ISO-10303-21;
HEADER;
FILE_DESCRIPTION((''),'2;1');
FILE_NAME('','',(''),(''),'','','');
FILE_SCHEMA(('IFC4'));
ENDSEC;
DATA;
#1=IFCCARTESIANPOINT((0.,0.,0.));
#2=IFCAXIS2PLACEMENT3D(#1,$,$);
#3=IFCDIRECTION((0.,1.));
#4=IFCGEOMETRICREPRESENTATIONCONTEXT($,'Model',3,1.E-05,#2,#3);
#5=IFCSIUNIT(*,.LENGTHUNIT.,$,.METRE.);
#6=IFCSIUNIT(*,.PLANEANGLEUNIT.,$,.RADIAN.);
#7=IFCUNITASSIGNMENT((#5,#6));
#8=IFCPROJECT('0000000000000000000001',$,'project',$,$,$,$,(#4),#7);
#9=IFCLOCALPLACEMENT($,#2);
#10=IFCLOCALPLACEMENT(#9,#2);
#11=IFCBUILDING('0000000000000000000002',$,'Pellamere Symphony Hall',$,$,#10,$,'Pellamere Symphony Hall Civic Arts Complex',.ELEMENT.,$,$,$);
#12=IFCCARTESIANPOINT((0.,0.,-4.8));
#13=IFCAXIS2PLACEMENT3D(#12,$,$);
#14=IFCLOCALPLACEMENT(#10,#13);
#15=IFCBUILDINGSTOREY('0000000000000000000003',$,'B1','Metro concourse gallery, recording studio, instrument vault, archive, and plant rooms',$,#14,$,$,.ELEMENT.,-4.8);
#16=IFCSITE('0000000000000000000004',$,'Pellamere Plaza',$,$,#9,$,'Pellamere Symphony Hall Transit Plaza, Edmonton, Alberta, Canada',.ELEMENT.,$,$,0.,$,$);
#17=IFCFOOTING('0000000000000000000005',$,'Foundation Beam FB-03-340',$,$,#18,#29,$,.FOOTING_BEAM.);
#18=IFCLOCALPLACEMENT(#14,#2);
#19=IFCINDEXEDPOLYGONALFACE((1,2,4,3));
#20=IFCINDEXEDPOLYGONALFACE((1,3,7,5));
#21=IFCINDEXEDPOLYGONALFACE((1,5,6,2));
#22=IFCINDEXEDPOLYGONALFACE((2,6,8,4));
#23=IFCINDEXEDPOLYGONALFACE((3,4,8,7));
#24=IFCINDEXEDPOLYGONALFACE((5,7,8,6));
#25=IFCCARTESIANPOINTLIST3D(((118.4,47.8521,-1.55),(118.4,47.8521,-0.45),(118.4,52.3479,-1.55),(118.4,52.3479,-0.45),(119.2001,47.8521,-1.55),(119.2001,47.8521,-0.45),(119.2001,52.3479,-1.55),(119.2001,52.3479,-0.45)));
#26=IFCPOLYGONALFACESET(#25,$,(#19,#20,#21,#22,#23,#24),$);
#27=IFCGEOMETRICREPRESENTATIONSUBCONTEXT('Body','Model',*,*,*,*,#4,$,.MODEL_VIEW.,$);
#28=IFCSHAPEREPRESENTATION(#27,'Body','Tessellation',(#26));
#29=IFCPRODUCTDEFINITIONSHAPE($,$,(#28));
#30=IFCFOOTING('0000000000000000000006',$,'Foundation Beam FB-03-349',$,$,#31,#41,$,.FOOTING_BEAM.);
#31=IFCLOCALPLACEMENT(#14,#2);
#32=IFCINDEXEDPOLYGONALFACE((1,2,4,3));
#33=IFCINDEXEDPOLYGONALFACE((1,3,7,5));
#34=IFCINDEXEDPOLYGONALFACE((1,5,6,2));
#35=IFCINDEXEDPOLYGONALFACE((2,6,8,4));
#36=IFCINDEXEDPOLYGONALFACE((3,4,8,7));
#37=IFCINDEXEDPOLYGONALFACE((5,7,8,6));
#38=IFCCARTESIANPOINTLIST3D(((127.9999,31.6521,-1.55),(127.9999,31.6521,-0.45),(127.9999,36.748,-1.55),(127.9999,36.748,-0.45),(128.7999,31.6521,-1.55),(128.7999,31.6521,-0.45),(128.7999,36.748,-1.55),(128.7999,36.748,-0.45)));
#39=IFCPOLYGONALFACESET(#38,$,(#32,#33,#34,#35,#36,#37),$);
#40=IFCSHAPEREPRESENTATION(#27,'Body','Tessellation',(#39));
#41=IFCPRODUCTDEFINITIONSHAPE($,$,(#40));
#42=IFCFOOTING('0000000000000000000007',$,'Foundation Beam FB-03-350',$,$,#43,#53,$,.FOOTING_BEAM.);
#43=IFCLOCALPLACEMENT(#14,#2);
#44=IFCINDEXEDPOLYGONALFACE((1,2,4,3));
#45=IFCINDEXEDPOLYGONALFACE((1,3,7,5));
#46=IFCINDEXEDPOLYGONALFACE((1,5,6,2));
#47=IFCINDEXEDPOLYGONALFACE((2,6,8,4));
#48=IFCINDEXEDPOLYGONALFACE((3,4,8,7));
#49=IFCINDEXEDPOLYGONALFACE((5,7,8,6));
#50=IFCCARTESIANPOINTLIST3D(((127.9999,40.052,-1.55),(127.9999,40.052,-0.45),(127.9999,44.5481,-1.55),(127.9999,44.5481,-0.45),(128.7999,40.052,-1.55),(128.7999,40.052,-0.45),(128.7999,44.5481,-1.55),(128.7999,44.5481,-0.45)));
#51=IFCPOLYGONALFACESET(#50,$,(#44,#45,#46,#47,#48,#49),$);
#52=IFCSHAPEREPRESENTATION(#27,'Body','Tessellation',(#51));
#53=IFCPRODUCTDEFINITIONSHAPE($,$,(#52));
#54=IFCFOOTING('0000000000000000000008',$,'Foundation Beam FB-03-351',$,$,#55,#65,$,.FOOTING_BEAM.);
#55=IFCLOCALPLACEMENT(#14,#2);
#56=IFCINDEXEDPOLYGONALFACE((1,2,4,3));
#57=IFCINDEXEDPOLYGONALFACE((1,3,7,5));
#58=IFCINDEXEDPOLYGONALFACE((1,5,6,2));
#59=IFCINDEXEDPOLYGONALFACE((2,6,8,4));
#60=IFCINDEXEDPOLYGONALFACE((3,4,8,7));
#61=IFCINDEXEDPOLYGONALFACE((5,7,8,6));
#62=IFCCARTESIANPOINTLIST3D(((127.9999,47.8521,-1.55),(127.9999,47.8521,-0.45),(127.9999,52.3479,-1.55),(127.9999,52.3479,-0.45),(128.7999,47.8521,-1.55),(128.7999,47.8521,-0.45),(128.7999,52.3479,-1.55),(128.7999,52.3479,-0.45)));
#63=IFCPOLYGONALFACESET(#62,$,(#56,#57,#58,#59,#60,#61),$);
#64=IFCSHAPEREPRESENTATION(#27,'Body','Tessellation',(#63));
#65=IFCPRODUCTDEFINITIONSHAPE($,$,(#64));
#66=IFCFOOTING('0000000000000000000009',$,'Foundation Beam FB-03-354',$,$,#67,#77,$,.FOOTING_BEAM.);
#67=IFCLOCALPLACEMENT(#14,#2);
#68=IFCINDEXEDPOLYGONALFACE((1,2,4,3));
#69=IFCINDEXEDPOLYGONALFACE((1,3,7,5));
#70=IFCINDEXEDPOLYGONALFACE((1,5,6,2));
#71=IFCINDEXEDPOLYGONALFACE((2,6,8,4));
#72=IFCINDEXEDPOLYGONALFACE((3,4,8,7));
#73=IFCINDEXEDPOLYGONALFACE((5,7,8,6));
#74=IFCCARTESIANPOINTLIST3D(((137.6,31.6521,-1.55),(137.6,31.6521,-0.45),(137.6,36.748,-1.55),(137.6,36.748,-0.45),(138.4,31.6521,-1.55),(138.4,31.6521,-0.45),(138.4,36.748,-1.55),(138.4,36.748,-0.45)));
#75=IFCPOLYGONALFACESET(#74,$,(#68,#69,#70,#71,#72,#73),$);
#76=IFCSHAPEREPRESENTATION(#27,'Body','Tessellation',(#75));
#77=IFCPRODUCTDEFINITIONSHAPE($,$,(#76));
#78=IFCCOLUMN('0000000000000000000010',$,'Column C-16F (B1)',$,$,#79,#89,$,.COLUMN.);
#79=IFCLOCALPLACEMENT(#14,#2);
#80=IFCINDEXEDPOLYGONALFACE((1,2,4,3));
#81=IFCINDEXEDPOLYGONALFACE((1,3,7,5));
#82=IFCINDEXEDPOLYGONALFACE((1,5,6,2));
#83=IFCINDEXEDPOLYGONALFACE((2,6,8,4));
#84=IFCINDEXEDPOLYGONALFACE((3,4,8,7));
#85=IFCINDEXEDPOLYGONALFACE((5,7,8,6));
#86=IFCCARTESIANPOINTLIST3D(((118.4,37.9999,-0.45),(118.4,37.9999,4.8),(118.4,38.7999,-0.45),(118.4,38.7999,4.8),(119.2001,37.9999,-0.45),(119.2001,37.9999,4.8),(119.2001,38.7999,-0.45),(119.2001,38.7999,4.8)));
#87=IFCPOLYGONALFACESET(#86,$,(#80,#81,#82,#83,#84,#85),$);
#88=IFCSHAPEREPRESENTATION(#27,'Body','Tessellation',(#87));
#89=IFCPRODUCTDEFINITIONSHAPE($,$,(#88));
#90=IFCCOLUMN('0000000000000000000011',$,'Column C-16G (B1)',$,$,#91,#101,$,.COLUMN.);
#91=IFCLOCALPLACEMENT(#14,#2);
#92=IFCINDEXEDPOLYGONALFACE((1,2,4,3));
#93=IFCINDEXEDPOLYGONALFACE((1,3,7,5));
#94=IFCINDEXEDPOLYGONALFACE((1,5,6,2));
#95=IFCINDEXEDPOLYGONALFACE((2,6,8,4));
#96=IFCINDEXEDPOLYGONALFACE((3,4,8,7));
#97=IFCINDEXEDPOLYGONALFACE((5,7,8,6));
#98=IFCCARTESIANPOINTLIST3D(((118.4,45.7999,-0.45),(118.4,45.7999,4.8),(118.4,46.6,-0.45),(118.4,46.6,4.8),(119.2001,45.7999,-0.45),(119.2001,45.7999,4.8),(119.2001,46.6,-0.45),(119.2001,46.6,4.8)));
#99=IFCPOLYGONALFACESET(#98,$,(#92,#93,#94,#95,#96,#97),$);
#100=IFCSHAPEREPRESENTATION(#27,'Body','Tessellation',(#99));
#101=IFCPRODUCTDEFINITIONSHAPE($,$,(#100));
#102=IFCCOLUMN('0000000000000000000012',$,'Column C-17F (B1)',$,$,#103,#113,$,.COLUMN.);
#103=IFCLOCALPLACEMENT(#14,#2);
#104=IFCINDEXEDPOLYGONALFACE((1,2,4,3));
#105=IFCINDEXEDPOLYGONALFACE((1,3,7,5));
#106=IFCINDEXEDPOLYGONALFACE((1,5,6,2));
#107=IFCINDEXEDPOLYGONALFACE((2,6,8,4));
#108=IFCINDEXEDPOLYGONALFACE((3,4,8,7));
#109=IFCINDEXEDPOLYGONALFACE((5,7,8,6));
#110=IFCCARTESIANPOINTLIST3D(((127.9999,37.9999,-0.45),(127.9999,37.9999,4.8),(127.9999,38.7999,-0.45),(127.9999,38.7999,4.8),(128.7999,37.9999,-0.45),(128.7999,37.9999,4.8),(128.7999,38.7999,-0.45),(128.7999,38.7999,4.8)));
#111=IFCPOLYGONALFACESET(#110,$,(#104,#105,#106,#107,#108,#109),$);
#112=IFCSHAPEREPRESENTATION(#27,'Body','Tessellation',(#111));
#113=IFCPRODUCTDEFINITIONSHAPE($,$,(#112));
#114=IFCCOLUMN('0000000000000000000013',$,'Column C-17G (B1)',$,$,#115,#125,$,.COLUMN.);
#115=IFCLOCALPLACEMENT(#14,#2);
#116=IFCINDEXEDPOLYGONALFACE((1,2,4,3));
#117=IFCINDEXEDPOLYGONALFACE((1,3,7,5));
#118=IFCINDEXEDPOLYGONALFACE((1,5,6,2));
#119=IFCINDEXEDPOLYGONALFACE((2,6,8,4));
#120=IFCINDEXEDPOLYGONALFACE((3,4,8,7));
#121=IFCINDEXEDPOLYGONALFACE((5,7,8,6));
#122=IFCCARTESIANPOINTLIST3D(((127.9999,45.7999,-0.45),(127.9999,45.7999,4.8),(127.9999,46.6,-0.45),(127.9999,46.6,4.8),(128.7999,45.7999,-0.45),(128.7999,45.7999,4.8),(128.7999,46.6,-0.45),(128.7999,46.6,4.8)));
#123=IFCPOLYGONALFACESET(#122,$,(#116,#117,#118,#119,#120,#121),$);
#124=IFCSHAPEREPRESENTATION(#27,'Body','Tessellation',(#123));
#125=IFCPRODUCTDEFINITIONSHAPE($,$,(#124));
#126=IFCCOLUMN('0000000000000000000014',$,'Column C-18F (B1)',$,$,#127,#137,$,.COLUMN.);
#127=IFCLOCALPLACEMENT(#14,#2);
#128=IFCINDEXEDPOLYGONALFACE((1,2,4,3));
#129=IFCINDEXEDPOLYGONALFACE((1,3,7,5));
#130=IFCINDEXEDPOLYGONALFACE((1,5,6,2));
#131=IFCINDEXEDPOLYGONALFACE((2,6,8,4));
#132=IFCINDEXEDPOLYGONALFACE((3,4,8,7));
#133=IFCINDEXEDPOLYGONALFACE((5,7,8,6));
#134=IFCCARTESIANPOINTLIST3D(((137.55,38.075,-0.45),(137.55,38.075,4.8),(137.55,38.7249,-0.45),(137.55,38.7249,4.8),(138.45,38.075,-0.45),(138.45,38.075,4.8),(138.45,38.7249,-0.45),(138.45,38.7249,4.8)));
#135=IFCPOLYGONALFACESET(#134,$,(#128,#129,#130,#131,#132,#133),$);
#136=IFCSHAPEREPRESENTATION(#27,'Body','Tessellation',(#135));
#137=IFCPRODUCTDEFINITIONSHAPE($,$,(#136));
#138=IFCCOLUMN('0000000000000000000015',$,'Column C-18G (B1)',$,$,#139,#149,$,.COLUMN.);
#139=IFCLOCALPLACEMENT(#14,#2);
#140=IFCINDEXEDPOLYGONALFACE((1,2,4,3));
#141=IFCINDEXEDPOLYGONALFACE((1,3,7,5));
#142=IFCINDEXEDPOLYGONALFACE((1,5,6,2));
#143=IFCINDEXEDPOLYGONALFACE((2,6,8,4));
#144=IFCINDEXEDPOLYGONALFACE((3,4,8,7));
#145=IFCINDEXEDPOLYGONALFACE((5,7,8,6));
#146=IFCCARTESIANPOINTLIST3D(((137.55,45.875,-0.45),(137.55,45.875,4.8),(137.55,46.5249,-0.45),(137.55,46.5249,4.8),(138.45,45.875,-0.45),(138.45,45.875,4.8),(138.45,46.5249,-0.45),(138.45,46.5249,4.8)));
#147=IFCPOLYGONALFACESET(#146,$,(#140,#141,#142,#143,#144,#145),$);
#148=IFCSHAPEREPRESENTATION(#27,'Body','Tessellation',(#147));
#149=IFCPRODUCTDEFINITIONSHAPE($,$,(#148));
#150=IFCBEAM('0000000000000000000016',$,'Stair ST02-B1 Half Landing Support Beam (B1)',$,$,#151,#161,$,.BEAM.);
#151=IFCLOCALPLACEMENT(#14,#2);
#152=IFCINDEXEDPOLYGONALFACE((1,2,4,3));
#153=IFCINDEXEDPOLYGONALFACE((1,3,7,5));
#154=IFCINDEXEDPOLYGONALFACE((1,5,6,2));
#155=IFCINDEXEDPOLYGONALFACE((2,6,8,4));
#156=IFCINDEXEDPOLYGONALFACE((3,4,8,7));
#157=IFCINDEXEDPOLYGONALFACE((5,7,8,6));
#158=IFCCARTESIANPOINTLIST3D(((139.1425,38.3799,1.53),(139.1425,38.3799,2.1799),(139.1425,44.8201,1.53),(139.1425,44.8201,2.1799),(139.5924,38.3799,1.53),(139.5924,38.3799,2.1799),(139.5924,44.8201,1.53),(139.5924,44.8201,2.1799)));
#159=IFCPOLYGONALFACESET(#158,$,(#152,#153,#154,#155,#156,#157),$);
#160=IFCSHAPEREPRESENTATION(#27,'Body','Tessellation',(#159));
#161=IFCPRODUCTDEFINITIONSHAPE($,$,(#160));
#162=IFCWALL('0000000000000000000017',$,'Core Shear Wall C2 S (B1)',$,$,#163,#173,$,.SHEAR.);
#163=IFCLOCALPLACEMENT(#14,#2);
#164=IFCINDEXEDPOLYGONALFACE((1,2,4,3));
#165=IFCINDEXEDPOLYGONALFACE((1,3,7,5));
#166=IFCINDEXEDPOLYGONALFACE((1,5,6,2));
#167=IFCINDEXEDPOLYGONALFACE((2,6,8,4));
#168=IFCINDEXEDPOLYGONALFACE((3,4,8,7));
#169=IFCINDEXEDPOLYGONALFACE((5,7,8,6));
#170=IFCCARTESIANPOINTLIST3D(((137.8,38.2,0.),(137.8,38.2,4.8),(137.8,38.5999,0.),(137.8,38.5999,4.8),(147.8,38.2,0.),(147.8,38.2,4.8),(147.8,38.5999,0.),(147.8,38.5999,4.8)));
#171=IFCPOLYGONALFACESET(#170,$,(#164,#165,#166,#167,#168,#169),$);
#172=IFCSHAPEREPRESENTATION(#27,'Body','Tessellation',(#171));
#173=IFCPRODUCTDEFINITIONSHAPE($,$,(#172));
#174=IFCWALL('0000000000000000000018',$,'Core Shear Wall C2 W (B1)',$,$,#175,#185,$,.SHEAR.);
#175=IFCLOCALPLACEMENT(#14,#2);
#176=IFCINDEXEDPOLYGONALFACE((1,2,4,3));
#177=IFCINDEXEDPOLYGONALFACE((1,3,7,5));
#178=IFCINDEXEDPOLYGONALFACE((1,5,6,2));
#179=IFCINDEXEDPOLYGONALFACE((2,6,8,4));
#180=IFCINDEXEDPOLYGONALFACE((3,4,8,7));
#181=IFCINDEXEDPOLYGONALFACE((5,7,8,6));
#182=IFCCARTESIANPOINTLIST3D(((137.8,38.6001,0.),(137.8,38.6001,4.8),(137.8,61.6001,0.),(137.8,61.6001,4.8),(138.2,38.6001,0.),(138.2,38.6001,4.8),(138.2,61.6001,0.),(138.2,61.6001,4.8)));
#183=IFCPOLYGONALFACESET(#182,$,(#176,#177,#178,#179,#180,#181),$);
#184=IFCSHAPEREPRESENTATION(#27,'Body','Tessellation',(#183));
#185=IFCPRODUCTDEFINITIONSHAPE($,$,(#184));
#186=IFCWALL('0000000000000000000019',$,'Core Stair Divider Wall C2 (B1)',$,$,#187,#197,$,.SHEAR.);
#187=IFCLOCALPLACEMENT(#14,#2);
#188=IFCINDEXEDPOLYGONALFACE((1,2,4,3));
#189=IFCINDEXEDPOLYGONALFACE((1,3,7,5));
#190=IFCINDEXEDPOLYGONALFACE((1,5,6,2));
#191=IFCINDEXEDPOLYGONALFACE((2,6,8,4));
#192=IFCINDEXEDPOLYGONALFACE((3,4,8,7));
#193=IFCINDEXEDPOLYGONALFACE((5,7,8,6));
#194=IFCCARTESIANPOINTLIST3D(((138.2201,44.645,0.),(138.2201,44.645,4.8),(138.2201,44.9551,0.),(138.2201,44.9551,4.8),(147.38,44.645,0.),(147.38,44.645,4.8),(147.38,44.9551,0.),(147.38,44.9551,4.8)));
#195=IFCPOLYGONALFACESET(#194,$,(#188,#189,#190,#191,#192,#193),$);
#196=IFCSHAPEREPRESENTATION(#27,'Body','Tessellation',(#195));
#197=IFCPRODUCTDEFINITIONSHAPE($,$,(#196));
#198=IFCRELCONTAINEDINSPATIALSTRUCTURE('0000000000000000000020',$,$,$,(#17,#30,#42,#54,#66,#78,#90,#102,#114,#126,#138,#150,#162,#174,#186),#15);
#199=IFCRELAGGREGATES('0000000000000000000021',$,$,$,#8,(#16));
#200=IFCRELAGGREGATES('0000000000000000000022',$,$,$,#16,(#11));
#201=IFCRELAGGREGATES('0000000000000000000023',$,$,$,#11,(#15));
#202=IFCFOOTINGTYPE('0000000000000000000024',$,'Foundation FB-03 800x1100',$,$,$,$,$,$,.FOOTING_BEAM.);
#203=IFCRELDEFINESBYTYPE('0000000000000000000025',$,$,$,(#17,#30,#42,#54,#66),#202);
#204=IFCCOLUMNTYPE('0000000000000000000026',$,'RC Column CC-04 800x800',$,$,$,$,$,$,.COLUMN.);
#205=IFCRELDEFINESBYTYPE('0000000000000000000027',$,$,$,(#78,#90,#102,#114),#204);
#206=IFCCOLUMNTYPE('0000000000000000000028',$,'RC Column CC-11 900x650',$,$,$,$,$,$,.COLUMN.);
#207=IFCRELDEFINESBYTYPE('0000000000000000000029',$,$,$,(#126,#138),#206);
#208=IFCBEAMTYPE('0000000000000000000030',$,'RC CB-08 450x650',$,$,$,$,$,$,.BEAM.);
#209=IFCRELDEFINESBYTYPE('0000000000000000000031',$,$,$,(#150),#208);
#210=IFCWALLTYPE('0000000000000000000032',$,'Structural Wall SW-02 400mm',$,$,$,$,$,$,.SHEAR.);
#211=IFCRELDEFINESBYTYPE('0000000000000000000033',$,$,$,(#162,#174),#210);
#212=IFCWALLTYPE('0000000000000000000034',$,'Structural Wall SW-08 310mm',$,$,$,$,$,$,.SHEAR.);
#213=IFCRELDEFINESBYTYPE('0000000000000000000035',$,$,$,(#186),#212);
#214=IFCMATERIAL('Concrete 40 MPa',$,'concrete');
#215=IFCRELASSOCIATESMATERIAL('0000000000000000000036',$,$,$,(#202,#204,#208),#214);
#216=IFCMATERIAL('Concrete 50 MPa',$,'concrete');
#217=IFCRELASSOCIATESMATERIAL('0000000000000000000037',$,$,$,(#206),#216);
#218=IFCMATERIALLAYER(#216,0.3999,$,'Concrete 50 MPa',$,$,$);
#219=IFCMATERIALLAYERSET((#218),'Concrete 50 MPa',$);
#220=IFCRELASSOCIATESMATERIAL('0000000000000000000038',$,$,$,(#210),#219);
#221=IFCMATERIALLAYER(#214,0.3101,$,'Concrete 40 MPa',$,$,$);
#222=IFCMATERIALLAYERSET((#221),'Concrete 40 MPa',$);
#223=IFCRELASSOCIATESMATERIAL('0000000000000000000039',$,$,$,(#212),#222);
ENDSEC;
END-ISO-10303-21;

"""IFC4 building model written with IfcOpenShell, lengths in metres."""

from ifc_helpers import new_model, si_unit, direction, frame, frame_2d, origin, origin_2d, place, context, subcontext, project, spatial, rectangle, extrude, material, layer, layer_set, material_profile, profile_set, type_object, element, save


model = new_model("IFC4")

# Units and contexts
model_context = context("Model", 3, precision=1e-05, world=origin(), true_north=direction((0.0, 1.0)))
body_context = subcontext(model_context, "Body", "Model", "MODEL_VIEW")
ifc_project = project(units=[si_unit("LENGTHUNIT", "METRE"), si_unit("PLANEANGLEUNIT", "RADIAN")], contexts=[model_context])

# Site, building, storey
site_placement = place(None, origin())
site = spatial("IfcSite", under=ifc_project, at=site_placement, Name="Pellamere Plaza", LongName="Pellamere Symphony Hall Transit Plaza, Edmonton, Alberta, Canada", CompositionType="ELEMENT", RefElevation=0.0)
building_placement = place(site_placement, origin())
building = spatial("IfcBuilding", under=site, at=building_placement, Name="Pellamere Symphony Hall", LongName="Pellamere Symphony Hall Civic Arts Complex", CompositionType="ELEMENT")
storey_placement = place(building_placement, frame((0.0, 0.0, -4.8)))
storey = spatial("IfcBuildingStorey", under=building, at=storey_placement, Name="B1", Description="Metro concourse gallery, recording studio, instrument vault, archive, and plant rooms", CompositionType="ELEMENT", Elevation=-4.8)

# Shared definitions
ifc_material_1 = material(Name="Concrete 40 MPa", Category="concrete")

# Footings
ifc_material_profile_1 = material_profile(ifc_material_1, rectangle(XDim=0.8, YDim=1.1001, at=origin_2d()), Name="RC 800x1100")
ifc_profile_set_1 = profile_set([ifc_material_profile_1], Name="Concrete 40 MPa")
footing_type_1 = type_object("IfcFootingType", Name="Foundation FB-03 800x1100", PredefinedType="FOOTING_BEAM", material=ifc_profile_set_1)
footing_1_placement = place(storey_placement, frame((118.8, 47.8521, -1.0), z_axis=(0.0, 1.0, 0.0), x_axis=(-1.0, 0.0, 0.0)))
element("IfcFooting", 1, at=footing_1_placement, inside=storey, type_object=footing_type_1, Name="Foundation Beam FB-03-340", PredefinedType="FOOTING_BEAM", context=body_context, shape_type="SweptSolid", body=[
    extrude(rectangle(XDim=0.8, YDim=1.1001, at=origin_2d()), origin(), (0.0, 0.0, 1.0), 4.4958),
])
footing_2_placement = place(storey_placement, frame((128.3999, 31.6521, -1.0), z_axis=(0.0, 1.0, 0.0), x_axis=(-1.0, 0.0, 0.0)))
element("IfcFooting", 2, at=footing_2_placement, inside=storey, type_object=footing_type_1, Name="Foundation Beam FB-03-349", PredefinedType="FOOTING_BEAM", context=body_context, shape_type="SweptSolid", body=[
    extrude(rectangle(XDim=0.8, YDim=1.1001, at=origin_2d()), origin(), (0.0, 0.0, 1.0), 5.0959),
])
footing_3_placement = place(storey_placement, frame((128.3999, 40.052, -1.0), z_axis=(0.0, 1.0, 0.0), x_axis=(-1.0, 0.0, 0.0)))
element("IfcFooting", 3, at=footing_3_placement, inside=storey, type_object=footing_type_1, Name="Foundation Beam FB-03-350", PredefinedType="FOOTING_BEAM", context=body_context, shape_type="SweptSolid", body=[
    extrude(rectangle(XDim=0.8, YDim=1.1001, at=origin_2d()), origin(), (0.0, 0.0, 1.0), 4.4961),
])
footing_4_placement = place(storey_placement, frame((128.3999, 47.8521, -1.0), z_axis=(0.0, 1.0, 0.0), x_axis=(-1.0, 0.0, 0.0)))
element("IfcFooting", 4, at=footing_4_placement, inside=storey, type_object=footing_type_1, Name="Foundation Beam FB-03-351", PredefinedType="FOOTING_BEAM", context=body_context, shape_type="SweptSolid", body=[
    extrude(rectangle(XDim=0.8, YDim=1.1001, at=origin_2d()), origin(), (0.0, 0.0, 1.0), 4.4958),
])
footing_5_placement = place(storey_placement, frame((138.0, 31.6521, -1.0), z_axis=(0.0, 1.0, 0.0), x_axis=(-1.0, 0.0, 0.0)))
element("IfcFooting", 5, at=footing_5_placement, inside=storey, type_object=footing_type_1, Name="Foundation Beam FB-03-354", PredefinedType="FOOTING_BEAM", context=body_context, shape_type="SweptSolid", body=[
    extrude(rectangle(XDim=0.8, YDim=1.1001, at=origin_2d()), origin(), (0.0, 0.0, 1.0), 5.0959),
])

# Columns
ifc_material_profile_2 = material_profile(ifc_material_1, rectangle(XDim=0.8, YDim=0.8, at=origin_2d()), Name="RC 800x800")
ifc_profile_set_2 = profile_set([ifc_material_profile_2], Name="Concrete 40 MPa")
column_type_1 = type_object("IfcColumnType", Name="RC Column CC-04 800x800", PredefinedType="COLUMN", material=ifc_profile_set_2)
for number, where, z_axis, x_axis, name in (
    (6, (118.8, 38.3999, -0.45), (0.0, 0.0, 1.0), (1.0, 0.0, 0.0), "Column C-16F (B1)"),
    (7, (118.8, 46.2, -0.45), (0.0, 0.0, 1.0), (1.0, 0.0, 0.0), "Column C-16G (B1)"),
    (8, (128.3999, 38.3999, -0.45), (0.0, 0.0, 1.0), (1.0, 0.0, 0.0), "Column C-17F (B1)"),
    (9, (128.3999, 46.2, -0.45), (0.0, 0.0, 1.0), (1.0, 0.0, 0.0), "Column C-17G (B1)"),
):
    element("IfcColumn", number, at=place(storey_placement, frame(where, z_axis=z_axis, x_axis=x_axis)), inside=storey, type_object=column_type_1, Name=name, PredefinedType="COLUMN", context=body_context, shape_type="SweptSolid", body=[
        extrude(rectangle(XDim=0.8, YDim=0.8, at=origin_2d()), origin(), (0.0, 0.0, 1.0), 5.25),
    ])
ifc_material_2 = material(Name="Concrete 50 MPa", Category="concrete")
ifc_material_profile_3 = material_profile(ifc_material_2, rectangle(XDim=0.8999, YDim=0.6499, at=origin_2d()), Name="RC 900x650")
ifc_profile_set_3 = profile_set([ifc_material_profile_3], Name="Concrete 50 MPa")
column_type_2 = type_object("IfcColumnType", Name="RC Column CC-11 900x650", PredefinedType="COLUMN", material=ifc_profile_set_3)
for number, where, z_axis, x_axis, name in (
    (10, (138.0, 38.3999, -0.45), (0.0, 0.0, 1.0), (1.0, 0.0, 0.0), "Column C-18F (B1)"),
    (11, (138.0, 46.2, -0.45), (0.0, 0.0, 1.0), (1.0, 0.0, 0.0), "Column C-18G (B1)"),
):
    element("IfcColumn", number, at=place(storey_placement, frame(where, z_axis=z_axis, x_axis=x_axis)), inside=storey, type_object=column_type_2, Name=name, PredefinedType="COLUMN", context=body_context, shape_type="SweptSolid", body=[
        extrude(rectangle(XDim=0.8999, YDim=0.6499, at=origin_2d()), origin(), (0.0, 0.0, 1.0), 5.25),
    ])

# Beam
ifc_material_profile_4 = material_profile(ifc_material_1, rectangle(XDim=0.45, YDim=0.6499, at=origin_2d()), Name="RC 450x650")
ifc_profile_set_4 = profile_set([ifc_material_profile_4], Name="Concrete 40 MPa")
beam_type = type_object("IfcBeamType", Name="RC CB-08 450x650", PredefinedType="BEAM", material=ifc_profile_set_4)
beam_placement = place(storey_placement, frame((139.3674, 38.3799, 1.855), z_axis=(0.0, 1.0, 0.0), x_axis=(-1.0, 0.0, 0.0)))
element("IfcBeam", 12, at=beam_placement, inside=storey, type_object=beam_type, Name="Stair ST02-B1 Half Landing Support Beam (B1)", PredefinedType="BEAM", context=body_context, shape_type="SweptSolid", body=[
    extrude(rectangle(XDim=0.45, YDim=0.6499, at=origin_2d()), origin(), (0.0, 0.0, 1.0), 6.4402),
])

# Walls
ifc_layer_1 = layer(ifc_material_2, 0.3999, Name="Concrete 50 MPa")
ifc_layer_set_1 = layer_set([ifc_layer_1], Name="Concrete 50 MPa")
wall_type_1 = type_object("IfcWallType", Name="Structural Wall SW-02 400mm", PredefinedType="SHEAR", material=ifc_layer_set_1)
wall_1_placement = place(storey_placement, frame((137.8, 38.3999, 0.0), z_axis=(0.0, 0.0, 1.0), x_axis=(1.0, 0.0, 0.0)))
element("IfcWall", 13, at=wall_1_placement, inside=storey, type_object=wall_type_1, Name="Core Shear Wall C2 S (B1)", PredefinedType="SHEAR", context=body_context, shape_type="SweptSolid", body=[
    extrude(rectangle(XDim=10.0, YDim=0.3999, at=frame_2d((5.0, 0.0))), origin(), (0.0, 0.0, 1.0), 4.8),
])
wall_2_placement = place(storey_placement, frame((138.0, 38.6001, 0.0), z_axis=(0.0, 0.0, 1.0), x_axis=(0.0, 1.0, 0.0)))
element("IfcWall", 14, at=wall_2_placement, inside=storey, type_object=wall_type_1, Name="Core Shear Wall C2 W (B1)", PredefinedType="SHEAR", context=body_context, shape_type="SweptSolid", body=[
    extrude(rectangle(XDim=23.0, YDim=0.3999, at=frame_2d((11.5, 0.0))), origin(), (0.0, 0.0, 1.0), 4.8),
])
ifc_layer_2 = layer(ifc_material_1, 0.3101, Name="Concrete 40 MPa")
ifc_layer_set_2 = layer_set([ifc_layer_2], Name="Concrete 40 MPa")
wall_type_2 = type_object("IfcWallType", Name="Structural Wall SW-08 310mm", PredefinedType="SHEAR", material=ifc_layer_set_2)
wall_3_placement = place(storey_placement, frame((138.22, 44.8, 0.0), z_axis=(0.0, 0.0, 1.0), x_axis=(1.0, 0.0, 0.0)))
element("IfcWall", 15, at=wall_3_placement, inside=storey, type_object=wall_type_2, Name="Core Stair Divider Wall C2 (B1)", PredefinedType="SHEAR", context=body_context, shape_type="SweptSolid", body=[
    extrude(rectangle(XDim=9.1599, YDim=0.3101, at=frame_2d((4.5801, 0.0))), origin(), (0.0, 0.0, 1.0), 4.8),
])

save(model, "model.ifc")
